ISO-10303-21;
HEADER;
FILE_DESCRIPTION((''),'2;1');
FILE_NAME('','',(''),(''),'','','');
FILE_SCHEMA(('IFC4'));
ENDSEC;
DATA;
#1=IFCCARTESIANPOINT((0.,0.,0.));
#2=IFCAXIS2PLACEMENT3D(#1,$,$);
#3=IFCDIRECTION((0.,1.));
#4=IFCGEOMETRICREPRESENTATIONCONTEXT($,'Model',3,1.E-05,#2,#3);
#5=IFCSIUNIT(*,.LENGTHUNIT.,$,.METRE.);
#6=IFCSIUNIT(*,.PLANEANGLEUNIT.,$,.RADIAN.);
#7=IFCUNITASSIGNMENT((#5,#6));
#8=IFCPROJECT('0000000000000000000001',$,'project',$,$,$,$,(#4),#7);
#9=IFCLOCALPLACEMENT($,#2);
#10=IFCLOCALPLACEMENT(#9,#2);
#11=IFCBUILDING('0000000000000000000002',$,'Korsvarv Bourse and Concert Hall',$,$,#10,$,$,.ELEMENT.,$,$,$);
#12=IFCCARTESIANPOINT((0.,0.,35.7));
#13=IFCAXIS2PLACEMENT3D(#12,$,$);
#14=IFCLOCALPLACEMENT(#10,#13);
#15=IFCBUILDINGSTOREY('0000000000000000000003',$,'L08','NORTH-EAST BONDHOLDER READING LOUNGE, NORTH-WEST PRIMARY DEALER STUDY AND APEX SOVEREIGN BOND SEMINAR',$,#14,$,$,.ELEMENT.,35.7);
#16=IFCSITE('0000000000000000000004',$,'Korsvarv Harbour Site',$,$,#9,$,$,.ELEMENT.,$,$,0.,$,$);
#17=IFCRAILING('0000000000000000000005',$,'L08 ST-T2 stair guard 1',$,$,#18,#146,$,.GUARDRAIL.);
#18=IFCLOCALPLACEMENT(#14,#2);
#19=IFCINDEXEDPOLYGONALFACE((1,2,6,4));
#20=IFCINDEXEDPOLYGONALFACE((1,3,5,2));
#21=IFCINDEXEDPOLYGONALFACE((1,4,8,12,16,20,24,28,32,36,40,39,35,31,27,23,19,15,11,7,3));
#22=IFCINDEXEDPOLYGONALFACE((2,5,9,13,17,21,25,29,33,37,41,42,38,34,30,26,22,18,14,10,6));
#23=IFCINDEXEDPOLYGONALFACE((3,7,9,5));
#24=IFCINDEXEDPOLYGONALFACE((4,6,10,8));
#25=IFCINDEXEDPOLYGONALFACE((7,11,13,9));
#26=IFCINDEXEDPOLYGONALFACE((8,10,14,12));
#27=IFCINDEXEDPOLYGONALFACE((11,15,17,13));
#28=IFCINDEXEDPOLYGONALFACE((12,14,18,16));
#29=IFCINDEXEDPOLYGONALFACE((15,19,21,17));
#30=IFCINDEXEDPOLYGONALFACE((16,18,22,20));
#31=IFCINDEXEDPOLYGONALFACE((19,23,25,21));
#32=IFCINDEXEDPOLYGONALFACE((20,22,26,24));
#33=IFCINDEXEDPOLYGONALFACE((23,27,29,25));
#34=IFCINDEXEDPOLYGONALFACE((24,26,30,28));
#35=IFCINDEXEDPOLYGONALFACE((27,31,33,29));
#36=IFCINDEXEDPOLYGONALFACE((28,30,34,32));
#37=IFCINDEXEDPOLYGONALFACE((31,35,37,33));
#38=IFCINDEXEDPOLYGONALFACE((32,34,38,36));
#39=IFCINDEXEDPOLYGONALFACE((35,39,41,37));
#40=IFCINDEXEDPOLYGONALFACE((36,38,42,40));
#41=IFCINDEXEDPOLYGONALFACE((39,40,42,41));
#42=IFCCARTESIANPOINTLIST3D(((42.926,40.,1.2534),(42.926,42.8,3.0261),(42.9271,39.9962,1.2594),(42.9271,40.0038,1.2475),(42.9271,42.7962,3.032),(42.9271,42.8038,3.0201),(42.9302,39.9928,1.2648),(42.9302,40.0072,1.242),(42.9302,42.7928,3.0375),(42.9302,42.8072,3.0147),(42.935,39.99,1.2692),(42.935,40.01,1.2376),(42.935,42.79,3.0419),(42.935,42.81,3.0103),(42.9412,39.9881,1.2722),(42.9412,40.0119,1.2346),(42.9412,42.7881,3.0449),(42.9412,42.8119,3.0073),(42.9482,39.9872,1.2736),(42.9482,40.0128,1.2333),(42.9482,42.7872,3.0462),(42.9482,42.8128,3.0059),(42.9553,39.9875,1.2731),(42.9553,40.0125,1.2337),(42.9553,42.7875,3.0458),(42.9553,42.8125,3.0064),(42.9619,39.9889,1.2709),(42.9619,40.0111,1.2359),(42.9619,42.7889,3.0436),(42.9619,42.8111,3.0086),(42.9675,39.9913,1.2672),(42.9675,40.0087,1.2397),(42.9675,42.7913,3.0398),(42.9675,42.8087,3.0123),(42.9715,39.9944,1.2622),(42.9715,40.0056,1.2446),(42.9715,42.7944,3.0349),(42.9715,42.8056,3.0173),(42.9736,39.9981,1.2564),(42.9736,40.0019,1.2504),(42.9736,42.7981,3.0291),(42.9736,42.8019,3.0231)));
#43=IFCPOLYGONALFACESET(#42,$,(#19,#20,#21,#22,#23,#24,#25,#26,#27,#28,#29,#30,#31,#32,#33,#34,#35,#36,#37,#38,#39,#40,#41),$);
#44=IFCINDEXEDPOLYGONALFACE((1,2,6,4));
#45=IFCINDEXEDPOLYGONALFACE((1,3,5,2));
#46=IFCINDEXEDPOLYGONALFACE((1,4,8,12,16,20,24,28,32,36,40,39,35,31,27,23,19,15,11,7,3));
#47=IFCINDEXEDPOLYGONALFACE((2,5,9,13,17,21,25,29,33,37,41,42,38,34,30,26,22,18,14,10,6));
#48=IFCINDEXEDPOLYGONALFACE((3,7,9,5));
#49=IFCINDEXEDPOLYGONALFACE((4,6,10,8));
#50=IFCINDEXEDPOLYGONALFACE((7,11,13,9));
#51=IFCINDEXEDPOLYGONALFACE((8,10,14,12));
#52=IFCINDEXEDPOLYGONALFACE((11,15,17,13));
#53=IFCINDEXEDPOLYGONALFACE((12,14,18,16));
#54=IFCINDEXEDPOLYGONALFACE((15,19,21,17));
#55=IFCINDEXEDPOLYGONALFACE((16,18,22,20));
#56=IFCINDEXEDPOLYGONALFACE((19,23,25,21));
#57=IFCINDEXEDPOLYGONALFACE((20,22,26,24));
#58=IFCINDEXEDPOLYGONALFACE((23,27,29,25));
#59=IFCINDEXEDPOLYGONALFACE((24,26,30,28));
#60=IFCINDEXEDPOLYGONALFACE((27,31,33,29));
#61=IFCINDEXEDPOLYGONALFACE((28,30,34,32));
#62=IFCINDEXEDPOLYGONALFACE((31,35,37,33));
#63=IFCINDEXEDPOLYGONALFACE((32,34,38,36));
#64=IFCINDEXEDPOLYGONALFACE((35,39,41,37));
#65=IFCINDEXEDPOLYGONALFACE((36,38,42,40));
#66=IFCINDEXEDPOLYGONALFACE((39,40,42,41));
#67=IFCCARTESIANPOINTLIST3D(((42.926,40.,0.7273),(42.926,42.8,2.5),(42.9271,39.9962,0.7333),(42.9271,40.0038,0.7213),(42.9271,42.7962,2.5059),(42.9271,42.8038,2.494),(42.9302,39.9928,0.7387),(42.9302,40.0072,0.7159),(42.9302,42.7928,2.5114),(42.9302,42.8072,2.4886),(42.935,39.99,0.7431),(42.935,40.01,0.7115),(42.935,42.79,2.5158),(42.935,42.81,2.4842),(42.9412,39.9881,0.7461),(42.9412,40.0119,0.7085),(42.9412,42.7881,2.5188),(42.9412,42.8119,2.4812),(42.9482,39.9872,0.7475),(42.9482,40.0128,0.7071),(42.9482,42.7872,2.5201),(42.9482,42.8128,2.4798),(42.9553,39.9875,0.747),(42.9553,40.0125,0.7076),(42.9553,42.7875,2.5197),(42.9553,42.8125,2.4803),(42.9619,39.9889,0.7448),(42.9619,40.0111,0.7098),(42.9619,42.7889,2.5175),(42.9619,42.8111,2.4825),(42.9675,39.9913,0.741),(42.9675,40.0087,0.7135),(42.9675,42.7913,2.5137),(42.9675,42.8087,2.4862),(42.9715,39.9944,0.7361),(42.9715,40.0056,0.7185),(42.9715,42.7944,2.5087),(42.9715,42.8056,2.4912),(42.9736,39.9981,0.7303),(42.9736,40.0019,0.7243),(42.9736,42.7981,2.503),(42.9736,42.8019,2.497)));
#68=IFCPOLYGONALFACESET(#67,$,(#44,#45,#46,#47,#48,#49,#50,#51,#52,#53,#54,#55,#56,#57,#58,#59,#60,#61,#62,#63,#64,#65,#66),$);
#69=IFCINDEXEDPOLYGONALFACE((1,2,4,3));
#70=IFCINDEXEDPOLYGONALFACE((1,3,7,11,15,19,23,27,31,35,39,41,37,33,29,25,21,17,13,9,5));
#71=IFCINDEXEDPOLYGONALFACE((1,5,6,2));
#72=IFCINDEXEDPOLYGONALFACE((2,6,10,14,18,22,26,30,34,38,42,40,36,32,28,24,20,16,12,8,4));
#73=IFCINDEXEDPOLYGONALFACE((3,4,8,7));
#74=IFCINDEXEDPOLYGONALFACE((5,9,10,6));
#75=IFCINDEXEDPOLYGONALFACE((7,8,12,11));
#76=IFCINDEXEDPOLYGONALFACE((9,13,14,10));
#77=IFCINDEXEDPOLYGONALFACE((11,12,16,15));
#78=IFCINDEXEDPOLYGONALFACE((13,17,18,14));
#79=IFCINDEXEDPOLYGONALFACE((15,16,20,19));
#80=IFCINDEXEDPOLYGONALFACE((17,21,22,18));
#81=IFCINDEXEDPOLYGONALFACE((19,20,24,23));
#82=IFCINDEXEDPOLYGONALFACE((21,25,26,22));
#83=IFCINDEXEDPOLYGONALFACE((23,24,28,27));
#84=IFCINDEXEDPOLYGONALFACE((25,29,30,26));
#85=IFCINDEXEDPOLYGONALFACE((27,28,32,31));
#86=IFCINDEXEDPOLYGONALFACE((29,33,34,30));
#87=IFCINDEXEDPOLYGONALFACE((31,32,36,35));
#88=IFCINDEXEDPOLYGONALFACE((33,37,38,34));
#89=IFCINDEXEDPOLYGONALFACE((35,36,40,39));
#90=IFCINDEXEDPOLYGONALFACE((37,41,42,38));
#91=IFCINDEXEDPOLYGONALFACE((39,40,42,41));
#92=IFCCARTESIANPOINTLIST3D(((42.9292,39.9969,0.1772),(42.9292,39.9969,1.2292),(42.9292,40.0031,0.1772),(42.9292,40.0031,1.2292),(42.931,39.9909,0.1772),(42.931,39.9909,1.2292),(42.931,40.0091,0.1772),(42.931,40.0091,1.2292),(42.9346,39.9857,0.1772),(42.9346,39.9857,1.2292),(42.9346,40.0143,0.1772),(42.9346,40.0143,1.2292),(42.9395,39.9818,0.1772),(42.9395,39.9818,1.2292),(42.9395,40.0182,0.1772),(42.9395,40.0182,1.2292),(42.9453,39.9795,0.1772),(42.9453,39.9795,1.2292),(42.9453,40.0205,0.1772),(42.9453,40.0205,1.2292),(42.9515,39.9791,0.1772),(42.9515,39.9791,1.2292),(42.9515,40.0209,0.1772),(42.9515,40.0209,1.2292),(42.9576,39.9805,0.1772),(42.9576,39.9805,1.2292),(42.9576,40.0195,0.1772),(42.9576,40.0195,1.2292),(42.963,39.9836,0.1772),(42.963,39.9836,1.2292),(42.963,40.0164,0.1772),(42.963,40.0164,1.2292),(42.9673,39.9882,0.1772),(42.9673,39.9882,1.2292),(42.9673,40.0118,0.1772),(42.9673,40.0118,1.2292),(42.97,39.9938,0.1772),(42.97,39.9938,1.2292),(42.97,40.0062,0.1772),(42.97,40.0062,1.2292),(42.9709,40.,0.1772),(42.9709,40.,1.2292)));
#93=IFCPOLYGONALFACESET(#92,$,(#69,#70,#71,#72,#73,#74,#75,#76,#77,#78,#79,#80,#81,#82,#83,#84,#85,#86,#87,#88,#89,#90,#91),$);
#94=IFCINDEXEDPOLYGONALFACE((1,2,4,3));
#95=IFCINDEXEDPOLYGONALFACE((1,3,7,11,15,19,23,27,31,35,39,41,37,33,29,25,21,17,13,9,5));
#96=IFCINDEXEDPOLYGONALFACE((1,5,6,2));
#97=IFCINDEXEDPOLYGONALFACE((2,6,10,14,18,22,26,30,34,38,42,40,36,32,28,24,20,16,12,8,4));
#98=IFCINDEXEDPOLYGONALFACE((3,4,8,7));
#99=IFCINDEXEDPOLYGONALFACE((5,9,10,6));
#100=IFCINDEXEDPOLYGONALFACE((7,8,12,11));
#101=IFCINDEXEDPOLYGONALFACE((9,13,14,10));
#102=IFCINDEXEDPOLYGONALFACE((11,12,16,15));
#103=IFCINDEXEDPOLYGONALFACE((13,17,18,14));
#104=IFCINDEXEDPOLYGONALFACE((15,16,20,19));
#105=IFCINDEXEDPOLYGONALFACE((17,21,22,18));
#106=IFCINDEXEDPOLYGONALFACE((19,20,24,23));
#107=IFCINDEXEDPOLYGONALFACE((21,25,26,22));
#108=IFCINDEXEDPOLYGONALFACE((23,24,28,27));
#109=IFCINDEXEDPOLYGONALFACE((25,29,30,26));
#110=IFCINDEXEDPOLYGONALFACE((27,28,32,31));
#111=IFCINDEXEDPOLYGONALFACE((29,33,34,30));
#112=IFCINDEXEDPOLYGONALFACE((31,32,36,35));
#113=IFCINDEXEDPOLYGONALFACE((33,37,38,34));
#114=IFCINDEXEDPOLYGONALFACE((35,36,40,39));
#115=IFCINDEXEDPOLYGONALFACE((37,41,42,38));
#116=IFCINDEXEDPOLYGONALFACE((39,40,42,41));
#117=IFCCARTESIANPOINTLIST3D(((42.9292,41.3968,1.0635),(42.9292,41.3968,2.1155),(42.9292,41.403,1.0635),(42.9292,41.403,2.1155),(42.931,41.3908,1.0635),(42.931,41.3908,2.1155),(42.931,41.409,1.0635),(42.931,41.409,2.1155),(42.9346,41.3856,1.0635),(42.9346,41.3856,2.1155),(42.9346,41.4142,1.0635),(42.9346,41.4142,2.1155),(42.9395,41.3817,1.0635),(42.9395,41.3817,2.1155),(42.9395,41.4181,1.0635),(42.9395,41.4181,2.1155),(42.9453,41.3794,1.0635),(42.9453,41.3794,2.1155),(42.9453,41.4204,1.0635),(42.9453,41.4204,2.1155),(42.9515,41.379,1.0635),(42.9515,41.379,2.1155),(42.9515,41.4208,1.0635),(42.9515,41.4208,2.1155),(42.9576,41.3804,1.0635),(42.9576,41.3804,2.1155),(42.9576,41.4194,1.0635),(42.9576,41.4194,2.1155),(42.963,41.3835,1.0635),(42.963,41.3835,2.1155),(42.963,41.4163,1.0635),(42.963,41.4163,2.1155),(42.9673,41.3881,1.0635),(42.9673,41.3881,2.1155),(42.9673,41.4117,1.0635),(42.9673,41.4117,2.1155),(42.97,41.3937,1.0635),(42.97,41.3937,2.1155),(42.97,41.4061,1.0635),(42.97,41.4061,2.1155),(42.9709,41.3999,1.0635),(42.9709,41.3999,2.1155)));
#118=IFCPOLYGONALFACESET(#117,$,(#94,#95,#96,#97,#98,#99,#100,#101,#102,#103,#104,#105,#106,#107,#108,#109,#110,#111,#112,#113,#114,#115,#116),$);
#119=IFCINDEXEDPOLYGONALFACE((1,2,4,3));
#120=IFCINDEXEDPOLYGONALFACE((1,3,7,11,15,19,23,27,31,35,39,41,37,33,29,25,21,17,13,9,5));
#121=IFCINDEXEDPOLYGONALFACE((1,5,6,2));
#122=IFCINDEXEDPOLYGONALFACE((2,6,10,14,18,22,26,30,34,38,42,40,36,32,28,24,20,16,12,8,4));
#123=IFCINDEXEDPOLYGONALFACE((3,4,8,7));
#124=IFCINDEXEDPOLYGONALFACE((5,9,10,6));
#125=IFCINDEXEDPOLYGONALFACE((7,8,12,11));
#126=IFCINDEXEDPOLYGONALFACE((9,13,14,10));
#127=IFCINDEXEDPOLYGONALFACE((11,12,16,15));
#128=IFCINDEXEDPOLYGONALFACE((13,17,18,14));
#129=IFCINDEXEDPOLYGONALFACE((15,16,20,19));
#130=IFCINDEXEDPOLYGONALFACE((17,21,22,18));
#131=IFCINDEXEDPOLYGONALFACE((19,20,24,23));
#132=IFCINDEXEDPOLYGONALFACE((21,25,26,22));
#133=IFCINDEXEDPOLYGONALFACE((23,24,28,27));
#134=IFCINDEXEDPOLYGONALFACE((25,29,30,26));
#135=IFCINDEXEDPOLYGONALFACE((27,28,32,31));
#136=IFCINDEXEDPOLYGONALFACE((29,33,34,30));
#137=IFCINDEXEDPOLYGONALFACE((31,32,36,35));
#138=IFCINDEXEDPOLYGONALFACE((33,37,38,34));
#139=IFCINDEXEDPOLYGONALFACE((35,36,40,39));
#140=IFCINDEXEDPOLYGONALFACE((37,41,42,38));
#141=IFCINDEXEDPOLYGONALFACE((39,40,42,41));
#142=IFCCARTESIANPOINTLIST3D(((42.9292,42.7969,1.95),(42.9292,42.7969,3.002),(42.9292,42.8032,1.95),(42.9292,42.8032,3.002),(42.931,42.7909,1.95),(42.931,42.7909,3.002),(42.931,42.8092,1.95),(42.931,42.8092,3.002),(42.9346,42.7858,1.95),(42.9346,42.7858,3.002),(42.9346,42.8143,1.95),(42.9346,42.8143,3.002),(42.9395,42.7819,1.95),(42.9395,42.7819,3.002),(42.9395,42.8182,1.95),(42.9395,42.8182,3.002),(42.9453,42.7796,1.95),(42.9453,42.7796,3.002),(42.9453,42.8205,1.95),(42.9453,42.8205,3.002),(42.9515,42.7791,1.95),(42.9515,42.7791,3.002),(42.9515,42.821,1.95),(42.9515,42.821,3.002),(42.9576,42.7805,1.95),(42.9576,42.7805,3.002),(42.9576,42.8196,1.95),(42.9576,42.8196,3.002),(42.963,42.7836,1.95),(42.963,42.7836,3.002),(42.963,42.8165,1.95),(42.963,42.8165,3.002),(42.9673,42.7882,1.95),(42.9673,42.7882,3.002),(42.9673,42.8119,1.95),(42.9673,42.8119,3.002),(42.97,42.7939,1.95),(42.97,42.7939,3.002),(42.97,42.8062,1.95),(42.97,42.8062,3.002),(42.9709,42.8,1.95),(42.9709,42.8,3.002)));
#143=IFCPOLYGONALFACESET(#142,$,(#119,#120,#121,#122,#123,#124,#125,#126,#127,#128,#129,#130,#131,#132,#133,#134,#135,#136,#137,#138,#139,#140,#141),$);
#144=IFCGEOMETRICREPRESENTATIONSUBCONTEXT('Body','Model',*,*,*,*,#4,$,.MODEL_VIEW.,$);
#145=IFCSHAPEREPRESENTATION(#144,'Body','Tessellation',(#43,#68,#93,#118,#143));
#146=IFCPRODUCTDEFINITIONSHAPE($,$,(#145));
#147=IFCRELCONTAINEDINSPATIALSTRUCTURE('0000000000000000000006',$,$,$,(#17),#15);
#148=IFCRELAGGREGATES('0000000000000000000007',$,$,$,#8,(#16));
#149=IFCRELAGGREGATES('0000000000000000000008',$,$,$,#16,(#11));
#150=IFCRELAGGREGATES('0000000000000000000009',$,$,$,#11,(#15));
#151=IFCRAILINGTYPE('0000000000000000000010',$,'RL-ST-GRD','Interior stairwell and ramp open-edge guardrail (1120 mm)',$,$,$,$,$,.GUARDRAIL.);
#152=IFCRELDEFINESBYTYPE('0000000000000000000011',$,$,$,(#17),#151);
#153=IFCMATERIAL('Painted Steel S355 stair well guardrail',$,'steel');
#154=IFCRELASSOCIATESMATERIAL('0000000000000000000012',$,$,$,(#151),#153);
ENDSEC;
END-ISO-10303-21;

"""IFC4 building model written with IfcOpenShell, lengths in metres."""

from ifc_helpers import new_model, si_unit, direction, frame, origin, origin_2d, place, context, subcontext, project, spatial, circle, extrude, material, type_object, element, save


model = new_model("IFC4")

# Units and contexts
model_context = context("Model", 3, precision=1e-05, world=origin(), true_north=direction((0.0, 1.0)))
body_context = subcontext(model_context, "Body", "Model", "MODEL_VIEW")
ifc_project = project(units=[si_unit("LENGTHUNIT", "METRE"), si_unit("PLANEANGLEUNIT", "RADIAN")], contexts=[model_context])

# Site, building, storey
site_placement = place(None, origin())
site = spatial("IfcSite", under=ifc_project, at=site_placement, Name="Korsvarv Harbour Site", CompositionType="ELEMENT", RefElevation=0.0)
building_placement = place(site_placement, origin())
building = spatial("IfcBuilding", under=site, at=building_placement, Name="Korsvarv Bourse and Concert Hall", CompositionType="ELEMENT")
storey_placement = place(building_placement, frame((0.0, 0.0, 35.7)))
storey = spatial("IfcBuildingStorey", under=building, at=storey_placement, Name="L08", Description="NORTH-EAST BONDHOLDER READING LOUNGE, NORTH-WEST PRIMARY DEALER STUDY AND APEX SOVEREIGN BOND SEMINAR", CompositionType="ELEMENT", Elevation=35.7)

# Railing
ifc_material_1 = material(Name="Painted Steel S355 stair well guardrail", Category="steel")
railing_type_1 = type_object("IfcRailingType", Name="RL-ST-GRD", Description="Interior stairwell and ramp open-edge guardrail (1120 mm)", PredefinedType="GUARDRAIL", material=ifc_material_1)
railing_1_placement = place(storey_placement, frame((42.95, 40.0, 0.1772)))
element("IfcRailing", 1, at=railing_1_placement, inside=storey, type_object=railing_type_1, Name="L08 ST-T2 stair guard 1", PredefinedType="GUARDRAIL", context=body_context, shape_type="SweptSolid", body=[
    extrude(circle(Radius=0.0239, at=origin_2d()), frame((0.0, 0.0, 1.0762), z_axis=(0.0, 0.844909, 0.53491), x_axis=(-1.0, 0.0, 0.0)), (0.0, 0.0, 1.0), 3.314),
    extrude(circle(Radius=0.0239, at=origin_2d()), frame((0.0, 0.0, 0.55), z_axis=(0.0, 0.844909, 0.53491), x_axis=(-1.0, 0.0, 0.0)), (0.0, 0.0, 1.0), 3.314),
    extrude(circle(Radius=0.021, at=origin_2d()), origin(), (0.0, 0.0, 1.0), 1.052),
    extrude(circle(Radius=0.021, at=origin_2d()), frame((0.0, 1.3999, 0.8862)), (0.0, 0.0, 1.0), 1.052),
    extrude(circle(Radius=0.021, at=origin_2d()), frame((0.0, 2.8, 1.7727)), (0.0, 0.0, 1.0), 1.052),
])

save(model, "model.ifc")
